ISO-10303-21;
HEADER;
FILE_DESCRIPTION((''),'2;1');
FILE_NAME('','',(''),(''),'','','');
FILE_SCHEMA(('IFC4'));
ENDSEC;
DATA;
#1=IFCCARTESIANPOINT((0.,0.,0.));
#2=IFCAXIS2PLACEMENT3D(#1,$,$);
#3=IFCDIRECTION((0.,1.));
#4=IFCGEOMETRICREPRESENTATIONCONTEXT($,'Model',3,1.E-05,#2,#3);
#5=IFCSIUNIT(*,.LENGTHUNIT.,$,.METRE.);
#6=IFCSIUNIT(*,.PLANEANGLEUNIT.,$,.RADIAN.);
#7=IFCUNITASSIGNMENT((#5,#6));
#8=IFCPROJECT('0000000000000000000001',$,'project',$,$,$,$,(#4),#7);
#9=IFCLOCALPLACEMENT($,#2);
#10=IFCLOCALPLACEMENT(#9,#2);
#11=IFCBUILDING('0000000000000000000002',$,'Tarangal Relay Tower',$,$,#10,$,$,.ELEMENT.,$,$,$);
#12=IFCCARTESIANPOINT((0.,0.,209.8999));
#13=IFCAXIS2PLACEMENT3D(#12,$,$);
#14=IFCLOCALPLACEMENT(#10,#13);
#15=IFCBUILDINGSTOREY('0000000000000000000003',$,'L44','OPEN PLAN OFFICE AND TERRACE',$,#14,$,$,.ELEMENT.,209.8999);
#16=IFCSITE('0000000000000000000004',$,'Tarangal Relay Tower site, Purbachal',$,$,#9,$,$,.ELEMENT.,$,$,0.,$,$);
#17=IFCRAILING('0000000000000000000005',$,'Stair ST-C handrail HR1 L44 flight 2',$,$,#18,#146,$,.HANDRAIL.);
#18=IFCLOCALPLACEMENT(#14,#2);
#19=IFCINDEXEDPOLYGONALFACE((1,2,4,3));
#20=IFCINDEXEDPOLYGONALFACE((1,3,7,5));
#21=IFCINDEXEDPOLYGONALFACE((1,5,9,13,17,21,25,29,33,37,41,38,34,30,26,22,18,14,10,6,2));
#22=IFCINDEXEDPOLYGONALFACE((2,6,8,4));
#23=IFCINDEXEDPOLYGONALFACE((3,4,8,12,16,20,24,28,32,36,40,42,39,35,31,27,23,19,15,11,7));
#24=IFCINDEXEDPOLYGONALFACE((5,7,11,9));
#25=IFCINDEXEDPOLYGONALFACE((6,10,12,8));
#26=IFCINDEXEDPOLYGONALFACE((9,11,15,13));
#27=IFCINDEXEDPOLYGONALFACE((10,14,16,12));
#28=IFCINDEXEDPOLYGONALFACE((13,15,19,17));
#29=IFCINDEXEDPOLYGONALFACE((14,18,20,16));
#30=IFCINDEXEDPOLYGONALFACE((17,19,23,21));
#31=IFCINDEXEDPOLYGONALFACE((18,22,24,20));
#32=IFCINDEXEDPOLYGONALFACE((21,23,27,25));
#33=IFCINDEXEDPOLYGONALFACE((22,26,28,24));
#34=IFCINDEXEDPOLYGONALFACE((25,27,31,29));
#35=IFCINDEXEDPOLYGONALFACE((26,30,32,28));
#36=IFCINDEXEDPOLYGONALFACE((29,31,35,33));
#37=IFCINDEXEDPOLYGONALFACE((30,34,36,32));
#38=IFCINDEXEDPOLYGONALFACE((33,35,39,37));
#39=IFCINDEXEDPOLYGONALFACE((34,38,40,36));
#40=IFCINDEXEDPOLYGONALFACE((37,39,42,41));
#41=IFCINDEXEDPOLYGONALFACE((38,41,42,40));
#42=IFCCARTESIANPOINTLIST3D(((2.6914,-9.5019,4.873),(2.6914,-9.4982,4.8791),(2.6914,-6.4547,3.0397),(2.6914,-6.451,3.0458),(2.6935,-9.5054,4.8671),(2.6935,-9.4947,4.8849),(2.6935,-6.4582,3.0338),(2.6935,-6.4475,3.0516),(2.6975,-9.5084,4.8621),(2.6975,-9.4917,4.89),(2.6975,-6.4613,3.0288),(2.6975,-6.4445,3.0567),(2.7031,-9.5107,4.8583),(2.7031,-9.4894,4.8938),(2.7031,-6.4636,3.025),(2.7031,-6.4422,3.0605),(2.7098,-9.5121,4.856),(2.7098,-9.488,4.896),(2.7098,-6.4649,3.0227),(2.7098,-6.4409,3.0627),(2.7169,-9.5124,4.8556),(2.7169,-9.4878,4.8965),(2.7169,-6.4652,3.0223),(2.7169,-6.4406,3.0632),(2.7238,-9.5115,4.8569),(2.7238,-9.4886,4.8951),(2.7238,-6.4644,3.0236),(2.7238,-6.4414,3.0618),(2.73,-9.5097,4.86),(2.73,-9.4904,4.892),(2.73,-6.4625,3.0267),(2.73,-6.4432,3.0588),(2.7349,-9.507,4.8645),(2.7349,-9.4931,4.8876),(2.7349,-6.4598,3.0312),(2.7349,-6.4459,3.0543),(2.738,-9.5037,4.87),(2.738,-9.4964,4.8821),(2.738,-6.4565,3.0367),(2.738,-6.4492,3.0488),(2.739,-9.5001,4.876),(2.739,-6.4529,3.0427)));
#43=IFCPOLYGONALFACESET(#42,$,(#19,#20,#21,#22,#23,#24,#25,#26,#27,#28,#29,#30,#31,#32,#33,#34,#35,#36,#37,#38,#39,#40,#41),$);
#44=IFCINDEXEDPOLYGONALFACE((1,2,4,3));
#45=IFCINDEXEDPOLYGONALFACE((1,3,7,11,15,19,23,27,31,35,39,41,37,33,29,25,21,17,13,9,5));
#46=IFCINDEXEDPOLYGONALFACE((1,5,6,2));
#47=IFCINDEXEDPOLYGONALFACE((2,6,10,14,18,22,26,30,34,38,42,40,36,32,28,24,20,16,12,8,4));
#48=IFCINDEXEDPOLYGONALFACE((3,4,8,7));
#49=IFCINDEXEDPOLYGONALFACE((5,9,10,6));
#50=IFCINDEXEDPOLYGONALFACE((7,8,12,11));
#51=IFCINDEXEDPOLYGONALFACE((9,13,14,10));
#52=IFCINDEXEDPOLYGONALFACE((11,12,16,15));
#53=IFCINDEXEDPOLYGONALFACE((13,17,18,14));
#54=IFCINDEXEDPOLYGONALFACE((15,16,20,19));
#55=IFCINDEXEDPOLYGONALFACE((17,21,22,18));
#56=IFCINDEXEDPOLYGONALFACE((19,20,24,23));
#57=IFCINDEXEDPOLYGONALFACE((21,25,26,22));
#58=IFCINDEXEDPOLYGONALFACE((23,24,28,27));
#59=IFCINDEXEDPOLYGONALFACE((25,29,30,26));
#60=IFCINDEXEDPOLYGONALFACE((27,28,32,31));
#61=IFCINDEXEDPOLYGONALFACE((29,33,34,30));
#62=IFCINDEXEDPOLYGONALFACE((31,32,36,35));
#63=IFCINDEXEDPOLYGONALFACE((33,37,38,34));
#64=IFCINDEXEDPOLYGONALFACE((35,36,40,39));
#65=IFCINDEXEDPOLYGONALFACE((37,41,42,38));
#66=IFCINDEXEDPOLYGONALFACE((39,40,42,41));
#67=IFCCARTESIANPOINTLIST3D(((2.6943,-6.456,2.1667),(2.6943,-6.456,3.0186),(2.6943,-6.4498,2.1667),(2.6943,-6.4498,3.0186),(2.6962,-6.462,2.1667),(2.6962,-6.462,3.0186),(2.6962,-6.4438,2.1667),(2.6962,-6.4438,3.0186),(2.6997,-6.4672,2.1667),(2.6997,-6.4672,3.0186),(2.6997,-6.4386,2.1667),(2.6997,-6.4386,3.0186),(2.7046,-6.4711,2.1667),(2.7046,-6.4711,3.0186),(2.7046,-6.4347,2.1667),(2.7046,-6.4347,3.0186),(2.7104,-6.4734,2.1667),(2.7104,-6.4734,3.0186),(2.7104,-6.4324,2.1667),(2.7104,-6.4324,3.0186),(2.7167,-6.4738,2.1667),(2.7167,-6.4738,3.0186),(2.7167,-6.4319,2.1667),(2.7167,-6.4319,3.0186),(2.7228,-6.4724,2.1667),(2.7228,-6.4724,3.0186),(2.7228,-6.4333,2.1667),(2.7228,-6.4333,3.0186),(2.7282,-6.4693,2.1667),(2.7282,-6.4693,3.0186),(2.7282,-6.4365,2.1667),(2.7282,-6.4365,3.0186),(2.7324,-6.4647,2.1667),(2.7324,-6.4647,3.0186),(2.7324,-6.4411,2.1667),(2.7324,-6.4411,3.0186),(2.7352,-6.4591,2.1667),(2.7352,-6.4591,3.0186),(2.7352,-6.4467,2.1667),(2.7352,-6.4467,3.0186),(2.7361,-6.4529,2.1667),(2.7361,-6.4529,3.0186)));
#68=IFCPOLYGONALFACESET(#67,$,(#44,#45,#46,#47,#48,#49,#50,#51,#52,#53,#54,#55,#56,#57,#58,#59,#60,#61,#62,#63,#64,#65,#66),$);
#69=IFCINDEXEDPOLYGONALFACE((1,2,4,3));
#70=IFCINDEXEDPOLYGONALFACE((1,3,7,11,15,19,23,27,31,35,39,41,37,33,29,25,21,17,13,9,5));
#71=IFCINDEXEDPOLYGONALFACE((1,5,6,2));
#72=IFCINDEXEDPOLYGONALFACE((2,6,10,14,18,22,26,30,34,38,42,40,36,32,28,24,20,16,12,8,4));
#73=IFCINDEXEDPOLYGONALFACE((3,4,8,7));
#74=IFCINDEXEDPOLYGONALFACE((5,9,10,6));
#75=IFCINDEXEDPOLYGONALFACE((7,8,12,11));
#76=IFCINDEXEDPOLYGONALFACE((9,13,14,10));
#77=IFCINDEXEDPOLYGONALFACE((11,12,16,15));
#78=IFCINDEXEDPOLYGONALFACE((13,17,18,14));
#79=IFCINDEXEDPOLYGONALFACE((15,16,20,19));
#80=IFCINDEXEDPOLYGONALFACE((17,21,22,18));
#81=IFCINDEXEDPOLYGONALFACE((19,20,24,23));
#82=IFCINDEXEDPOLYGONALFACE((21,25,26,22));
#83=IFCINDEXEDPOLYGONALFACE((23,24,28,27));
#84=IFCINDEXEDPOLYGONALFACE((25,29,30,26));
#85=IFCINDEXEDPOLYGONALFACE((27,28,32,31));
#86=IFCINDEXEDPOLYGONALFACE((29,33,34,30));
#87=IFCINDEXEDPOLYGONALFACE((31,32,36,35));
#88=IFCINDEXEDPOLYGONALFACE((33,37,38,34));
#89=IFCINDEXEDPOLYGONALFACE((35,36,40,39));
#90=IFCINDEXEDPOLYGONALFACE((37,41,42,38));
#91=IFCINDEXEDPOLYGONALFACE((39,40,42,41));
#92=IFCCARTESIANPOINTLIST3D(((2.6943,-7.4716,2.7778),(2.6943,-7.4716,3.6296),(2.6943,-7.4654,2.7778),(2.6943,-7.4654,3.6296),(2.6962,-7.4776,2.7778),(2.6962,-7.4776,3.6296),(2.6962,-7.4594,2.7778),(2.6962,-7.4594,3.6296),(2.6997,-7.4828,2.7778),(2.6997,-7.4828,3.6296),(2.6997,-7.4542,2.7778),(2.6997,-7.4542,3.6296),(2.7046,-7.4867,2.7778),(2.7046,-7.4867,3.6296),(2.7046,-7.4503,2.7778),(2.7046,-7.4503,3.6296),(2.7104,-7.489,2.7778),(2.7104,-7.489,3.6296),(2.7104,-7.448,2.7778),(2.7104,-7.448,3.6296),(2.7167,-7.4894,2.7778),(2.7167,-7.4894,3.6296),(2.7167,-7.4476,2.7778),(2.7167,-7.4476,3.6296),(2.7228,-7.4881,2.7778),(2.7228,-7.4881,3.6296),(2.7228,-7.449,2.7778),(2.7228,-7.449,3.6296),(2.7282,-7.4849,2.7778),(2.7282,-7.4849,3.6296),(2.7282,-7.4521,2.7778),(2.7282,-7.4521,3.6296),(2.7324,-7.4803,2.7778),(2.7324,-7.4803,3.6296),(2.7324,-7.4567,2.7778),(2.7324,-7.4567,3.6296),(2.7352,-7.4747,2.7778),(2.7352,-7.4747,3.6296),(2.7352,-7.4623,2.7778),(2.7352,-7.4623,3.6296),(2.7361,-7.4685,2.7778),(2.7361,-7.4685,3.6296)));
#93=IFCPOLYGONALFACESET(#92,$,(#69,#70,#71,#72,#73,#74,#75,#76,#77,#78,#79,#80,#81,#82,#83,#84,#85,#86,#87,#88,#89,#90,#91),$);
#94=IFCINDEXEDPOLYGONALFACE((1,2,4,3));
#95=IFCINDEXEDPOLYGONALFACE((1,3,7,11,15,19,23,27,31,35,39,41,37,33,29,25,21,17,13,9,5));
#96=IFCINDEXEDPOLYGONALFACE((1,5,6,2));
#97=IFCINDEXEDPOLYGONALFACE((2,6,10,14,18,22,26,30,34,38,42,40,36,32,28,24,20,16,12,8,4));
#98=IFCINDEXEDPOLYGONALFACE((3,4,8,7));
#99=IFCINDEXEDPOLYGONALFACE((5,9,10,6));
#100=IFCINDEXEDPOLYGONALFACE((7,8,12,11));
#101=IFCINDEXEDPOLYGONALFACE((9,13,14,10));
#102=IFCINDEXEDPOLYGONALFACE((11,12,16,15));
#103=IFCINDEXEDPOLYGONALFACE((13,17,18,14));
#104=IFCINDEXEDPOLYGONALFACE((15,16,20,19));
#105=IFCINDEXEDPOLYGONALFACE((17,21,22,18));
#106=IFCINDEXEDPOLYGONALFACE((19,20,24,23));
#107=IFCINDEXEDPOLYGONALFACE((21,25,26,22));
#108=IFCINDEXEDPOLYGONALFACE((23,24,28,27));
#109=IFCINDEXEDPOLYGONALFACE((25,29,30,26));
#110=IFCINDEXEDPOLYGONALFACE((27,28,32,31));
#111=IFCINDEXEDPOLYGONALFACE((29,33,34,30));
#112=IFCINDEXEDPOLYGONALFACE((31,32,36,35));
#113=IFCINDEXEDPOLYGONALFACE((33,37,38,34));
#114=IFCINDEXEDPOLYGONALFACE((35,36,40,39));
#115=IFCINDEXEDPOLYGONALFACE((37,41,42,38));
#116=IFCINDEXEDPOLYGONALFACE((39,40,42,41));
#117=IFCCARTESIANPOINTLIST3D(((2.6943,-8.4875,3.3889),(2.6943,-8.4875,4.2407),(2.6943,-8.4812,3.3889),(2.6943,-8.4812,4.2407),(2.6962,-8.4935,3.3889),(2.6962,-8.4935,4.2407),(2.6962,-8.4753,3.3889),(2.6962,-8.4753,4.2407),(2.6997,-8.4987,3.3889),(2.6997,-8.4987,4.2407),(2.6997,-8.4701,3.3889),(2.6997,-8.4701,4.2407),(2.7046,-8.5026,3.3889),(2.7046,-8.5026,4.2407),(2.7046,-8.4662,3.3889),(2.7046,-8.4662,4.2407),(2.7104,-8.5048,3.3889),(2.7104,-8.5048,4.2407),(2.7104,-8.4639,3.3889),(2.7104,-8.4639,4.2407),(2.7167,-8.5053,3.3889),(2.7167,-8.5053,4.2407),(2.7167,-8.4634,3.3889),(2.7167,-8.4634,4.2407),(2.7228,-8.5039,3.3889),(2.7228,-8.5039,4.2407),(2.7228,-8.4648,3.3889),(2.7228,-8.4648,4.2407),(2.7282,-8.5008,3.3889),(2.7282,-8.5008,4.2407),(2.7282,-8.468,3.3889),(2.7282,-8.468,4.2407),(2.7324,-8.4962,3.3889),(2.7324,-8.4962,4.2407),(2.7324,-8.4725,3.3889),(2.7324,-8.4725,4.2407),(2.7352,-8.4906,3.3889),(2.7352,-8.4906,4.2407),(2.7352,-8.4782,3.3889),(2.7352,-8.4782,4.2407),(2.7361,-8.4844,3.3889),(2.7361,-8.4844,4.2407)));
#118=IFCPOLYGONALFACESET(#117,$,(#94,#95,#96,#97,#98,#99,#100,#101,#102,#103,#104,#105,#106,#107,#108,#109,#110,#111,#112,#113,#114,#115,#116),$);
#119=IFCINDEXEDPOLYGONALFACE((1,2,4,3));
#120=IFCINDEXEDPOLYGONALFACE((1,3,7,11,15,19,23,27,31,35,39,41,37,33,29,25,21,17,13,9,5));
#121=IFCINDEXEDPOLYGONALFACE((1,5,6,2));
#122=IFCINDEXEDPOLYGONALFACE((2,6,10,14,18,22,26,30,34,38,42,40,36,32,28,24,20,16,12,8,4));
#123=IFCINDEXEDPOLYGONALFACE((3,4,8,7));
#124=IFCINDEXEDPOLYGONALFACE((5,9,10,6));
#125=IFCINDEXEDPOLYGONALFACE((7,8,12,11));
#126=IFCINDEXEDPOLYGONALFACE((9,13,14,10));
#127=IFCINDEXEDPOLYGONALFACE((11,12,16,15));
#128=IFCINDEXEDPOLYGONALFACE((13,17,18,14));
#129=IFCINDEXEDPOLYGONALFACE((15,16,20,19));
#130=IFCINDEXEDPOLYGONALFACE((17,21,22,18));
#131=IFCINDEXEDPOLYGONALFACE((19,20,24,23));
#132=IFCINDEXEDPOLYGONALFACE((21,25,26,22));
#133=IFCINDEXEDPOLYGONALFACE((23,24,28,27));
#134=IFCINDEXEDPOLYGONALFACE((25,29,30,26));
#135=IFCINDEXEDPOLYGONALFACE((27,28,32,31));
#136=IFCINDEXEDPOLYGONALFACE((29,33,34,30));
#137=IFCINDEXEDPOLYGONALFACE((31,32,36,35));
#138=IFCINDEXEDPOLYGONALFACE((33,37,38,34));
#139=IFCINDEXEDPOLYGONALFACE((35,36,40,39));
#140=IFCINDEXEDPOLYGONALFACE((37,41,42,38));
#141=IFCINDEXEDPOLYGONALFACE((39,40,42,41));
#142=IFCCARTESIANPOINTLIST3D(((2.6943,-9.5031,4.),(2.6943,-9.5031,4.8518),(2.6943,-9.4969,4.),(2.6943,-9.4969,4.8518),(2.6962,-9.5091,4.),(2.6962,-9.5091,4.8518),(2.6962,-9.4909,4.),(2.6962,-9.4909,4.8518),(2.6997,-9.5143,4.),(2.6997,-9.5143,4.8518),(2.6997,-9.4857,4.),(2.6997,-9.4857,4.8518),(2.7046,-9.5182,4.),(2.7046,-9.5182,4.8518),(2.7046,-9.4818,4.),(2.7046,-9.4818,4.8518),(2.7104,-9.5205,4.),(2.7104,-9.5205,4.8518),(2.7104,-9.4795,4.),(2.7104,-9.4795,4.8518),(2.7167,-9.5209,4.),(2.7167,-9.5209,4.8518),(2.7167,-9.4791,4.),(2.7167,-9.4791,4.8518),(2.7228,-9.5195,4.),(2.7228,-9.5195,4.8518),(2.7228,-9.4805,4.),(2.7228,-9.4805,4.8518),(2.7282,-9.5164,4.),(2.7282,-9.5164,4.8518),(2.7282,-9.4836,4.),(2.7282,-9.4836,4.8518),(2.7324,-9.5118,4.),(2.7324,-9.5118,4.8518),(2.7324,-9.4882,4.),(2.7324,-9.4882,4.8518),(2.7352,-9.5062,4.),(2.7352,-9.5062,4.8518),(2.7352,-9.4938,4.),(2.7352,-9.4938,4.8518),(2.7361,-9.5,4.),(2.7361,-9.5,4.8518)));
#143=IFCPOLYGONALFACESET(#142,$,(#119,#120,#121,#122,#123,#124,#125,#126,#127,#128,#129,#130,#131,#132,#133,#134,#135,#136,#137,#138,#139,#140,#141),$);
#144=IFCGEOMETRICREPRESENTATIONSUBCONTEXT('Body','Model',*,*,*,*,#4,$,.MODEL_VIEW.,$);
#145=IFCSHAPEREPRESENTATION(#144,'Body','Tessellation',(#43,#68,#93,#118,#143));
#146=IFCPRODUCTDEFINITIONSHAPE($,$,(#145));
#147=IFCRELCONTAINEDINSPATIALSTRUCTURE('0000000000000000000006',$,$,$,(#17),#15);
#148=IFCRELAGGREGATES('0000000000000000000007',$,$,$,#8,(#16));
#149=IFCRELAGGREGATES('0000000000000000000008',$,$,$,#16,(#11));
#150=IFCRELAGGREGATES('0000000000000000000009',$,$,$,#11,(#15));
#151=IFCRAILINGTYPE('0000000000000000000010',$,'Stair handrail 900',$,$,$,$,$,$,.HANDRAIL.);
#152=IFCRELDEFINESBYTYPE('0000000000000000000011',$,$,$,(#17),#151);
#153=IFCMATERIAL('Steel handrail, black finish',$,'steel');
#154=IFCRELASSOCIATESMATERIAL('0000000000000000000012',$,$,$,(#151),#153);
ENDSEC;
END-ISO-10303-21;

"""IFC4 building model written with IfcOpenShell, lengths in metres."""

from ifc_helpers import new_model, si_unit, direction, frame, origin, origin_2d, place, context, subcontext, project, spatial, circle, extrude, material, type_object, element, save


model = new_model("IFC4")

# Units and contexts
model_context = context("Model", 3, precision=1e-05, world=origin(), true_north=direction((0.0, 1.0)))
body_context = subcontext(model_context, "Body", "Model", "MODEL_VIEW")
ifc_project = project(units=[si_unit("LENGTHUNIT", "METRE"), si_unit("PLANEANGLEUNIT", "RADIAN")], contexts=[model_context])

# Site, building, storey
site_placement = place(None, origin())
site = spatial("IfcSite", under=ifc_project, at=site_placement, Name="Tarangal Relay Tower site, Purbachal", CompositionType="ELEMENT", RefElevation=0.0)
building_placement = place(site_placement, origin())
building = spatial("IfcBuilding", under=site, at=building_placement, Name="Tarangal Relay Tower", CompositionType="ELEMENT")
storey_placement = place(building_placement, frame((0.0, 0.0, 209.8999)))
storey = spatial("IfcBuildingStorey", under=building, at=storey_placement, Name="L44", Description="OPEN PLAN OFFICE AND TERRACE", CompositionType="ELEMENT", Elevation=209.8999)

# Railing
ifc_material_1 = material(Name="Steel handrail, black finish", Category="steel")
railing_type_1 = type_object("IfcRailingType", Name="Stair handrail 900", PredefinedType="HANDRAIL", material=ifc_material_1)
railing_1_placement = place(storey_placement, frame((2.7151, -6.4529, 2.1667)))
element("IfcRailing", 1, at=railing_1_placement, inside=storey, type_object=railing_type_1, Name="Stair ST-C handrail HR1 L44 flight 2", PredefinedType="HANDRAIL", context=body_context, shape_type="SweptSolid", body=[
    extrude(circle(Radius=0.0239, at=origin_2d()), frame((0.0, 0.0, 0.876), z_axis=(0.0, -0.856874, 0.515525), x_axis=(1.0, 0.0, 0.0)), (0.0, 0.0, 1.0), 3.5562),
    extrude(circle(Radius=0.021, at=origin_2d()), origin(), (0.0, 0.0, 1.0), 0.8518),
    extrude(circle(Radius=0.021, at=origin_2d()), frame((0.0, -1.0156, 0.6111)), (0.0, 0.0, 1.0), 0.8518),
    extrude(circle(Radius=0.021, at=origin_2d()), frame((0.0, -2.0315, 1.2222)), (0.0, 0.0, 1.0), 0.8518),
    extrude(circle(Radius=0.021, at=origin_2d()), frame((0.0, -3.0471, 1.8333)), (0.0, 0.0, 1.0), 0.8518),
])

save(model, "model.ifc")
